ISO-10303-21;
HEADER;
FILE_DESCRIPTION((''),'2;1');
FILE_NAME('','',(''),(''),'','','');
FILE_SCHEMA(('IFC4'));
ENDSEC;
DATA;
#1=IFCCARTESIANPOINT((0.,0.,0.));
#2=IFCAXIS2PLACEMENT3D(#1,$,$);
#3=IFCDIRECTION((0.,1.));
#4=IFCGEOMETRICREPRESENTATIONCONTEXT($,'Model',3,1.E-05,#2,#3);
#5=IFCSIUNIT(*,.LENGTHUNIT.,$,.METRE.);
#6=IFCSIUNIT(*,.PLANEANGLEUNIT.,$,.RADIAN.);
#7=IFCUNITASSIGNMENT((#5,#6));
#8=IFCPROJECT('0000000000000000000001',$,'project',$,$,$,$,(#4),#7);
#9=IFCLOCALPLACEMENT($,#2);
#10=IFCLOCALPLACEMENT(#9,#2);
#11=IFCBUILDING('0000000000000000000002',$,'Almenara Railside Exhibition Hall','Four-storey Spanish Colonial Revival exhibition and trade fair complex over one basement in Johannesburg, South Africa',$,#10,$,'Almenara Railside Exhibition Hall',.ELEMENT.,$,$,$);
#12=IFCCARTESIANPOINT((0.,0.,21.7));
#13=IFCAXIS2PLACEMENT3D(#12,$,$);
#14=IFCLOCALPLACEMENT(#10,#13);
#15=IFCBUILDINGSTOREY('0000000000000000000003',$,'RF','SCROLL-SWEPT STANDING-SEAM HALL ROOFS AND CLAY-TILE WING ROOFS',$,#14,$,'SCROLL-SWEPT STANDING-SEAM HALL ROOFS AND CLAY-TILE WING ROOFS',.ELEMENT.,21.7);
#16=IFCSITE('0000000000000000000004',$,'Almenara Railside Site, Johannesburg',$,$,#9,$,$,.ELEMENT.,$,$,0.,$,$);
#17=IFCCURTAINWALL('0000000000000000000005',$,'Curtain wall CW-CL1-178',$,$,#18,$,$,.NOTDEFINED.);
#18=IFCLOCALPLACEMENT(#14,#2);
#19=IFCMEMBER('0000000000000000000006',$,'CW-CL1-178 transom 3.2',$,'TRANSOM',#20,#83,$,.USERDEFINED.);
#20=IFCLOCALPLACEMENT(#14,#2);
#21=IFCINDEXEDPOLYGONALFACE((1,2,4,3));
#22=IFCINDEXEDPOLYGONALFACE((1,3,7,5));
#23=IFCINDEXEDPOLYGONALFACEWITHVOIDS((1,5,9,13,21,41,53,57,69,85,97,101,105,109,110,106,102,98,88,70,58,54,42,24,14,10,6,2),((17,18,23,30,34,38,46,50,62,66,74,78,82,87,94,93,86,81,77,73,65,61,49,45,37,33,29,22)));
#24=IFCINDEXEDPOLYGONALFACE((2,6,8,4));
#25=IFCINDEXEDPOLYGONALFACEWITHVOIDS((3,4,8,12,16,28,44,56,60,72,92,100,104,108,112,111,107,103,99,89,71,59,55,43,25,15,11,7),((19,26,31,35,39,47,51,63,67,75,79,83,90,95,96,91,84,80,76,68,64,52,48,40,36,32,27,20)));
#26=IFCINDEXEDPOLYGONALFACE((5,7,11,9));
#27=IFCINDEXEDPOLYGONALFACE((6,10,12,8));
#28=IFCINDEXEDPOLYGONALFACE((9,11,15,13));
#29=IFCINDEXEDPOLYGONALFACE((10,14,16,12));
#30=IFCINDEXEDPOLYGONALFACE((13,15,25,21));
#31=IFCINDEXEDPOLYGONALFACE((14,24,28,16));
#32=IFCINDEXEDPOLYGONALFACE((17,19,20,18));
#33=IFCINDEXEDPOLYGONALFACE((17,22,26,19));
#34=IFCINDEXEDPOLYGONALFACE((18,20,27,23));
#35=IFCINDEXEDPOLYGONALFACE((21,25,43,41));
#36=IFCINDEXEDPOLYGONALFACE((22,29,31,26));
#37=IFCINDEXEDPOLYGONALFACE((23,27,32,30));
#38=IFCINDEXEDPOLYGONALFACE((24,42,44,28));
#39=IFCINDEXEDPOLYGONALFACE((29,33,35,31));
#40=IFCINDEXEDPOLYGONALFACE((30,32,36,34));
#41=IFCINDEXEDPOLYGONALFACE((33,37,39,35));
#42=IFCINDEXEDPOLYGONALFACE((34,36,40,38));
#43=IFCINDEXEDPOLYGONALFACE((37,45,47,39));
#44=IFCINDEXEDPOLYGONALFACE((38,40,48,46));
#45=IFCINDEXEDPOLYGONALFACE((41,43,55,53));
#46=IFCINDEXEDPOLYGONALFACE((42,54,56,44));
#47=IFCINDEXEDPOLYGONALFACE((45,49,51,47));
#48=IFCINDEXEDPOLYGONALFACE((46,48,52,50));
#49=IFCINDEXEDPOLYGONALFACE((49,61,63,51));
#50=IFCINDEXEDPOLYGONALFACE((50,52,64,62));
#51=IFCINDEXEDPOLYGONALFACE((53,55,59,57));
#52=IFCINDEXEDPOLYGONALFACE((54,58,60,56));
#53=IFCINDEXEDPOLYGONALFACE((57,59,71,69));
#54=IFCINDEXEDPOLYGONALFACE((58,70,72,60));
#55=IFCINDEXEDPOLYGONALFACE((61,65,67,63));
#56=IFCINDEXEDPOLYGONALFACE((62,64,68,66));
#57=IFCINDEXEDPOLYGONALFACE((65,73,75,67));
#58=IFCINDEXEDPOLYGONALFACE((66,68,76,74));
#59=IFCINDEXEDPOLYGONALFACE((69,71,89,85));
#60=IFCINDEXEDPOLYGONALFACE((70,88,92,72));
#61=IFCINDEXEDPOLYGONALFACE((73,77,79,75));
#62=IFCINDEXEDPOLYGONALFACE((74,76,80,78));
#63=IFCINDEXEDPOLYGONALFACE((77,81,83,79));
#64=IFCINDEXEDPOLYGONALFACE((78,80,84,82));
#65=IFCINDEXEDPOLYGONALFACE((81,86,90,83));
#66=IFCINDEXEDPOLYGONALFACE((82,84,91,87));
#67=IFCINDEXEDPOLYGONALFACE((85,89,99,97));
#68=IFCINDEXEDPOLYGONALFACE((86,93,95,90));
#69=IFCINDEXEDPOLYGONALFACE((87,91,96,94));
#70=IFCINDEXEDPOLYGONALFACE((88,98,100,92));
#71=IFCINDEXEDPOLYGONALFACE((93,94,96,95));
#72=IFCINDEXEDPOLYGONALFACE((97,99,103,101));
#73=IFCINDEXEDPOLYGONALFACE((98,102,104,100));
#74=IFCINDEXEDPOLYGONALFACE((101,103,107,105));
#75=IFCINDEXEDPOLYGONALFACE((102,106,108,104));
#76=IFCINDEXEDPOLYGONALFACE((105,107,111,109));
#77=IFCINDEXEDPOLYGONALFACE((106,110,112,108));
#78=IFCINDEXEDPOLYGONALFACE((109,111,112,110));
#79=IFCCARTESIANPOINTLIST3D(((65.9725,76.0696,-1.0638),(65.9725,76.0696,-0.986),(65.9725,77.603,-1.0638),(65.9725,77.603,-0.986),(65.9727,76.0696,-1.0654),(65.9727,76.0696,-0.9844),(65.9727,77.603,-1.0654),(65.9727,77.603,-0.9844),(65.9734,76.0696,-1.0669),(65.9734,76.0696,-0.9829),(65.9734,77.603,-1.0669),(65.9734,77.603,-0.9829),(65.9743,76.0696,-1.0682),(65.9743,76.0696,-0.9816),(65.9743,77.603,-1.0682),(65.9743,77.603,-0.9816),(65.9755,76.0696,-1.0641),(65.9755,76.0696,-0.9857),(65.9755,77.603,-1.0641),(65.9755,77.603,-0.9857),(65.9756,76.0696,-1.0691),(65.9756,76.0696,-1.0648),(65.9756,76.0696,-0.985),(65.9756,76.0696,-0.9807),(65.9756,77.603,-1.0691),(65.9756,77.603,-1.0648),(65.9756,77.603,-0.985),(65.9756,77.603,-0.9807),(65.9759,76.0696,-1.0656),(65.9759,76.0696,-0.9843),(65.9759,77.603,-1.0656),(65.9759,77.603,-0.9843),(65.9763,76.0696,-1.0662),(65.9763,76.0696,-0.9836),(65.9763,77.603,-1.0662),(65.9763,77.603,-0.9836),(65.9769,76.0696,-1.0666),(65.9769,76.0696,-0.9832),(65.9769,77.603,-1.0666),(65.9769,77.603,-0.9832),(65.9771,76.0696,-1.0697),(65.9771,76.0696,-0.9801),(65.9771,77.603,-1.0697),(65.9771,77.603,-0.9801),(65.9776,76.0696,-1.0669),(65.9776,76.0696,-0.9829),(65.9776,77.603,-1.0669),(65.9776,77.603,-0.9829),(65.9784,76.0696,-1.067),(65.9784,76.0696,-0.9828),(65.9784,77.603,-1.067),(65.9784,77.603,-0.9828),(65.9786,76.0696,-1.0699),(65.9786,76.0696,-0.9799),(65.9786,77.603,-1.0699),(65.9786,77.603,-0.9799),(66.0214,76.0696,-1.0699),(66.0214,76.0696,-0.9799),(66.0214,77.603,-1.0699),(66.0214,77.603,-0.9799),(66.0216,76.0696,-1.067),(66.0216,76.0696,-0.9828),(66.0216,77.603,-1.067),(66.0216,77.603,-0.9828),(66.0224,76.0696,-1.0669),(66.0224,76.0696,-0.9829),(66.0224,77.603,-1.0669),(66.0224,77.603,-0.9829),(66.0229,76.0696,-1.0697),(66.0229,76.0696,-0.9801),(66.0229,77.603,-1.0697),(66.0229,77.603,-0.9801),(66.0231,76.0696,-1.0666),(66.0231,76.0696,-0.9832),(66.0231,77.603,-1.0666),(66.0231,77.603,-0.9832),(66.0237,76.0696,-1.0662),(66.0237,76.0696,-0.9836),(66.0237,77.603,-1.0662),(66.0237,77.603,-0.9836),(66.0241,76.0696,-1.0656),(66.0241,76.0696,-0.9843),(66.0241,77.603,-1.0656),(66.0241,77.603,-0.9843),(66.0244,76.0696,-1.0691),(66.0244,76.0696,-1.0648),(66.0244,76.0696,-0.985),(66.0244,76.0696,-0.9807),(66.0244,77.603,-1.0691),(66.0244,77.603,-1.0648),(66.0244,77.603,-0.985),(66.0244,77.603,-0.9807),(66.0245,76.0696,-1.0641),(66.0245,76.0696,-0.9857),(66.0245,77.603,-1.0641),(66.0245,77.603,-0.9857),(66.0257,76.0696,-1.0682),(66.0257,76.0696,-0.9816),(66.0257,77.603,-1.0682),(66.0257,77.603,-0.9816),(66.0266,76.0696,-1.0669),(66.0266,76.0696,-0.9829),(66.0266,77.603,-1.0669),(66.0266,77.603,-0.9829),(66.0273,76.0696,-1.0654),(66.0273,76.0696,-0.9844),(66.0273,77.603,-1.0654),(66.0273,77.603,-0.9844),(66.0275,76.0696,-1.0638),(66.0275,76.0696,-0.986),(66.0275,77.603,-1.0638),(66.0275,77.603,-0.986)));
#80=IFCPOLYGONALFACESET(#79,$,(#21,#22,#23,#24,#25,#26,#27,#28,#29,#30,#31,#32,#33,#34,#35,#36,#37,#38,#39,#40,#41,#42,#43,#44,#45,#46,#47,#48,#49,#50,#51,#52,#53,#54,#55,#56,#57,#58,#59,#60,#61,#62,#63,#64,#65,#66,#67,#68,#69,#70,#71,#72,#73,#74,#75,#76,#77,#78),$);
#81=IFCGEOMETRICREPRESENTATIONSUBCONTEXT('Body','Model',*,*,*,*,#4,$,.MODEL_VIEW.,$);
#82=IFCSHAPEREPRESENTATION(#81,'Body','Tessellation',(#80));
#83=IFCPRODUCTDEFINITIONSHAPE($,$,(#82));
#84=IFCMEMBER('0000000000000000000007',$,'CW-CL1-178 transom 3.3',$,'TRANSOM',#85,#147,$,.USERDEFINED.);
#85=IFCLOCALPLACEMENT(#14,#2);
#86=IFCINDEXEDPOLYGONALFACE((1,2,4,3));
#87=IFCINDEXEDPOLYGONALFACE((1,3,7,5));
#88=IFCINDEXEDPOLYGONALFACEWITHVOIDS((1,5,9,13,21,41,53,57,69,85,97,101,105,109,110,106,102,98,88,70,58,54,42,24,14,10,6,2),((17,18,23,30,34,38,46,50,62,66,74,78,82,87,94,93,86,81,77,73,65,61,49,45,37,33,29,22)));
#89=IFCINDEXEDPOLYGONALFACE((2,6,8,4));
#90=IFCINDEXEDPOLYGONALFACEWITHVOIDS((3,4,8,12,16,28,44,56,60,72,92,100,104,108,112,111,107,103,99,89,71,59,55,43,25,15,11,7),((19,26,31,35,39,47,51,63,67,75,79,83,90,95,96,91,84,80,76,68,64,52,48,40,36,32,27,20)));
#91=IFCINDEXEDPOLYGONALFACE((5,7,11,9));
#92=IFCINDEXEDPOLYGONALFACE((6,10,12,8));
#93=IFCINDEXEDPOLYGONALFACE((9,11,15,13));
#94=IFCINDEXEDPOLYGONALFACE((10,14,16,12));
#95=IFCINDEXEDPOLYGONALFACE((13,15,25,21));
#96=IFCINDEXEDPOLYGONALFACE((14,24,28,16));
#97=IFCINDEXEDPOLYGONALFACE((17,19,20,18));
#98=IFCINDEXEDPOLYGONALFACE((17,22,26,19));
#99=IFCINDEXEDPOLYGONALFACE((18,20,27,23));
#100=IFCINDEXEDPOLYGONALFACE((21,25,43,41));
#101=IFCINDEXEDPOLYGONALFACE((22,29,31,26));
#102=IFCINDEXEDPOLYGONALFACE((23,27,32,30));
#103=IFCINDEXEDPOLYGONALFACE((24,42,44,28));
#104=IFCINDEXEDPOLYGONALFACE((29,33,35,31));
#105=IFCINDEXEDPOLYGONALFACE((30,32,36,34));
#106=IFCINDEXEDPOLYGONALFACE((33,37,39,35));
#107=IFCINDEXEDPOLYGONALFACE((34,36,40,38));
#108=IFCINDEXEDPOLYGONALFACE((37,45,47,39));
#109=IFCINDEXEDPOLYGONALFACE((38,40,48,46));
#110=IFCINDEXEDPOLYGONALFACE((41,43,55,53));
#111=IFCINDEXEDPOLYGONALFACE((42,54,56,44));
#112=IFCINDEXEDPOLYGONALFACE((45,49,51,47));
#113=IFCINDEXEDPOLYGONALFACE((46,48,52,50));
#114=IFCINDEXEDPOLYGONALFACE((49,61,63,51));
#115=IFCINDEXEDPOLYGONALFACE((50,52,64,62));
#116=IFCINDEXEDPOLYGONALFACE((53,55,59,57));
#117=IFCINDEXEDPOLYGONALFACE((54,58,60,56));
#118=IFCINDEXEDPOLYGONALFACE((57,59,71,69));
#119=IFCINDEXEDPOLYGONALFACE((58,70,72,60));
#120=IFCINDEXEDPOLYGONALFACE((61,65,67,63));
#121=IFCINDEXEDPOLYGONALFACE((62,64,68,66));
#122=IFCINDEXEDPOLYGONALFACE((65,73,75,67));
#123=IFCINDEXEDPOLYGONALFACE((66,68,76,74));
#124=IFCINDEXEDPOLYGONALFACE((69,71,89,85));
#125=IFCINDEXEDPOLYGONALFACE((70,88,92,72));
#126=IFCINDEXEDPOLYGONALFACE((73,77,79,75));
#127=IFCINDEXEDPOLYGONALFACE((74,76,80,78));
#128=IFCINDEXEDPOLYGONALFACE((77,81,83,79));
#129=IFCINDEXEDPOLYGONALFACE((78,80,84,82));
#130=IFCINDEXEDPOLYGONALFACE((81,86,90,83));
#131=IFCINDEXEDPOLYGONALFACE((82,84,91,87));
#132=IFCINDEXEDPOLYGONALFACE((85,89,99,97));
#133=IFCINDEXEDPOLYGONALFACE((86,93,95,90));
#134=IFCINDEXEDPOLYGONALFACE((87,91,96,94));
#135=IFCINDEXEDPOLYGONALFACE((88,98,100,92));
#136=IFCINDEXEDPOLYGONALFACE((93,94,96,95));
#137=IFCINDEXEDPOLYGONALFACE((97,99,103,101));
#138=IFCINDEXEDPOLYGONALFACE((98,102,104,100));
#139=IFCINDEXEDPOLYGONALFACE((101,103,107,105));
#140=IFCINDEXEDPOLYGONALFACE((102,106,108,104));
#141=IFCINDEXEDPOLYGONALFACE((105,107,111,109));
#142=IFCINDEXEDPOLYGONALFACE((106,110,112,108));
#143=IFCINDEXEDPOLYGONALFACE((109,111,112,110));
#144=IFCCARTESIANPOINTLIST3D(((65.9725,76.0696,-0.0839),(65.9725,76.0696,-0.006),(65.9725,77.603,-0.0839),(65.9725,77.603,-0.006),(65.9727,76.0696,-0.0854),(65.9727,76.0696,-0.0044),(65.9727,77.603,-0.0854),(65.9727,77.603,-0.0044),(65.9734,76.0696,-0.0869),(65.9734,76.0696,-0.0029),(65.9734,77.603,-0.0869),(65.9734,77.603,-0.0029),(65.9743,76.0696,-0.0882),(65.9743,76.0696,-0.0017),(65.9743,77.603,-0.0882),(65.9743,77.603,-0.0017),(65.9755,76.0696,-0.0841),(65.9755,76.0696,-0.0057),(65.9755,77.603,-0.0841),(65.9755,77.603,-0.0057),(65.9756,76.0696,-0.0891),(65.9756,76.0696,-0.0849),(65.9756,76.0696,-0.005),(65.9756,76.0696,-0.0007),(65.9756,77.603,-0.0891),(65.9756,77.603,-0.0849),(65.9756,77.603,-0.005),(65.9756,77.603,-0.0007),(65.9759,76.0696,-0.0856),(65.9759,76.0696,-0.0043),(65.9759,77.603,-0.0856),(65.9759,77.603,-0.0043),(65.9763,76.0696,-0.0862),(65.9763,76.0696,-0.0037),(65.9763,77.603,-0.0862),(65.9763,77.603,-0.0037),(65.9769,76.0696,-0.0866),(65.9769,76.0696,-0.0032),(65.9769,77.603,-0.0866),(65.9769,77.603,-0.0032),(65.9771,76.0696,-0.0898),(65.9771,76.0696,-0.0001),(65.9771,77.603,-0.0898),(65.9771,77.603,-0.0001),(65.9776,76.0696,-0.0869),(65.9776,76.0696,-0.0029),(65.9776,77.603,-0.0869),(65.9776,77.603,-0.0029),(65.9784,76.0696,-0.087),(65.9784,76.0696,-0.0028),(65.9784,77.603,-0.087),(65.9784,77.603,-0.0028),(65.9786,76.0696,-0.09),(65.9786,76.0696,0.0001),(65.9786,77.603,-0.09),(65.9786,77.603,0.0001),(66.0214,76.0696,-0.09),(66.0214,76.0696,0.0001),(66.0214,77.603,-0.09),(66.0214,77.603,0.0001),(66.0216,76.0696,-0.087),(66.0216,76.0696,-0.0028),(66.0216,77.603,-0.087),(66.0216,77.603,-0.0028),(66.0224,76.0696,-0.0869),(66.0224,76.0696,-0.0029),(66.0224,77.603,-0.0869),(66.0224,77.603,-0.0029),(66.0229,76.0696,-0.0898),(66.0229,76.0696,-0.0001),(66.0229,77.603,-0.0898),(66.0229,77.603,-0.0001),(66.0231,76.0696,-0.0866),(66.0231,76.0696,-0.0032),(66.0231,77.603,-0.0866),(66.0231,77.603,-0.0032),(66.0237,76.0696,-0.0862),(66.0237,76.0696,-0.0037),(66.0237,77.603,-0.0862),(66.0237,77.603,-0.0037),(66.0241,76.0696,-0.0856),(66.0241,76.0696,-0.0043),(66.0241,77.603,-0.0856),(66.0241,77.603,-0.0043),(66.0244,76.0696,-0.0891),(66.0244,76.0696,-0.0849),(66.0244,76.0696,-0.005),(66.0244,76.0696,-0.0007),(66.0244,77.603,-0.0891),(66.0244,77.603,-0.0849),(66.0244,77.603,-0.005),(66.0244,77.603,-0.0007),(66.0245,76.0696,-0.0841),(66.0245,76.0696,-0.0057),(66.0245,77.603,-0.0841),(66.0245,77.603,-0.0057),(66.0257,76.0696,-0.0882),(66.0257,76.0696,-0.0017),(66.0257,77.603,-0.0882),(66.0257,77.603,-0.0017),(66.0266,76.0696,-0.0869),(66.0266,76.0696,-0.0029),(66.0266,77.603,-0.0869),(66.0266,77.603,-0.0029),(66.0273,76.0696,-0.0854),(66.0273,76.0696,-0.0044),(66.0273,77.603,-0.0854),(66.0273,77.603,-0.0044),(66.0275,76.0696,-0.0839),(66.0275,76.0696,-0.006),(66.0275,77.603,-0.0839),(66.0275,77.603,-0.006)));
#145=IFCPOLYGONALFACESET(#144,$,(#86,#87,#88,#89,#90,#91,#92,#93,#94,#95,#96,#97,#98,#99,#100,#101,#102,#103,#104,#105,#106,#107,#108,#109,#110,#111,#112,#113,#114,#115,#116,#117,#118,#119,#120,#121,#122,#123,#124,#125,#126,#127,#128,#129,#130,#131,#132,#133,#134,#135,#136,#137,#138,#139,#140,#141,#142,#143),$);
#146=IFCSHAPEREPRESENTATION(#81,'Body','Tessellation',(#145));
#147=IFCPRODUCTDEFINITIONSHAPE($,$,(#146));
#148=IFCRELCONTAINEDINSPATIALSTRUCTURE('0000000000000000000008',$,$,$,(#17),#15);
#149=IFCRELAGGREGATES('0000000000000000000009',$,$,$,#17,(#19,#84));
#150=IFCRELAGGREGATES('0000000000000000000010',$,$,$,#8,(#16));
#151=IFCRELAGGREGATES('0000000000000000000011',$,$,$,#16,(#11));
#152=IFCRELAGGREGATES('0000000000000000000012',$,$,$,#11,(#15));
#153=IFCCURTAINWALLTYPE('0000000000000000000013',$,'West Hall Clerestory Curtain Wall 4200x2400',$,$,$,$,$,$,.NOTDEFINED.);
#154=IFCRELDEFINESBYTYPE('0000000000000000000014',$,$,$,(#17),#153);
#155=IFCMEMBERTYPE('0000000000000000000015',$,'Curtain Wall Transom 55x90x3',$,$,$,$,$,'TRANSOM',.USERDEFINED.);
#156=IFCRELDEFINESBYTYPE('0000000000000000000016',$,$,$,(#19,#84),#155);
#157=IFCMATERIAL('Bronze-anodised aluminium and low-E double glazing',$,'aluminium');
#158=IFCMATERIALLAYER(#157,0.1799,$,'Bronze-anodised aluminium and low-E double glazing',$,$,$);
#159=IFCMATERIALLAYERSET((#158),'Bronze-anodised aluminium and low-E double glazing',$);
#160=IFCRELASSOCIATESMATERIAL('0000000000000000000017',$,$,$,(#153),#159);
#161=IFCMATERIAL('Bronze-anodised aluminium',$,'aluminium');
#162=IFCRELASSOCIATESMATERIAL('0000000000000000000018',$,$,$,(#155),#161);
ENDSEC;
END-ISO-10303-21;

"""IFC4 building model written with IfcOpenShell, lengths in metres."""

from ifc_helpers import new_model, si_unit, direction, frame, origin, origin_2d, place, context, subcontext, project, spatial, hollow_rectangle, extrude, material, layer, layer_set, material_profile, profile_set, type_object, element, aggregate, save


model = new_model("IFC4")

# Units and contexts
model_context = context("Model", 3, precision=1e-05, world=origin(), true_north=direction((0.0, 1.0)))
body_context = subcontext(model_context, "Body", "Model", "MODEL_VIEW")
ifc_project = project(units=[si_unit("LENGTHUNIT", "METRE"), si_unit("PLANEANGLEUNIT", "RADIAN")], contexts=[model_context])

# Site, building, storey
site_placement = place(None, origin())
site = spatial("IfcSite", under=ifc_project, at=site_placement, Name="Almenara Railside Site, Johannesburg", CompositionType="ELEMENT", RefElevation=0.0)
building_placement = place(site_placement, origin())
building = spatial("IfcBuilding", under=site, at=building_placement, Name="Almenara Railside Exhibition Hall", Description="Four-storey Spanish Colonial Revival exhibition and trade fair complex over one basement in Johannesburg, South Africa", LongName="Almenara Railside Exhibition Hall", CompositionType="ELEMENT")
storey_placement = place(building_placement, frame((0.0, 0.0, 21.7)))
storey = spatial("IfcBuildingStorey", under=building, at=storey_placement, Name="RF", Description="SCROLL-SWEPT STANDING-SEAM HALL ROOFS AND CLAY-TILE WING ROOFS", LongName="SCROLL-SWEPT STANDING-SEAM HALL ROOFS AND CLAY-TILE WING ROOFS", CompositionType="ELEMENT", Elevation=21.7)

# Curtain wall
ifc_material_1 = material(Name="Bronze-anodised aluminium and low-E double glazing", Category="aluminium")
ifc_layer_1 = layer(ifc_material_1, 0.1799, Name="Bronze-anodised aluminium and low-E double glazing")
ifc_layer_set_1 = layer_set([ifc_layer_1], Name="Bronze-anodised aluminium and low-E double glazing")
curtain_wall_type = type_object("IfcCurtainWallType", Name="West Hall Clerestory Curtain Wall 4200x2400", PredefinedType="NOTDEFINED", material=ifc_layer_set_1)
curtain_wall_1_placement = place(storey_placement, origin())
curtain_wall_1 = element("IfcCurtainWall", 1, at=curtain_wall_1_placement, inside=storey, type_object=curtain_wall_type, Name="Curtain wall CW-CL1-178", PredefinedType="NOTDEFINED")
ifc_material_2 = material(Name="Bronze-anodised aluminium", Category="aluminium")

# Members
ifc_material_profile_1 = material_profile(ifc_material_2, hollow_rectangle(XDim=0.0549, YDim=0.0901, WallThickness=0.0029, InnerFilletRadius=0.0029, OuterFilletRadius=0.0061, at=origin_2d()), Name="ALU-TRN 55x90x3")
ifc_profile_set_1 = profile_set([ifc_material_profile_1], Name="Bronze-anodised aluminium")
member_type_1 = type_object("IfcMemberType", Name="Curtain Wall Transom 55x90x3", ElementType="TRANSOM", PredefinedType="USERDEFINED", material=ifc_profile_set_1)
member_1_placement = place(storey_placement, frame((66.0, 76.0696, -1.0249), z_axis=(0.0, 1.0, 0.0), x_axis=(-1.0, 0.0, 0.0)))
member_1 = element("IfcMember", 2, at=member_1_placement, type_object=member_type_1, Name="CW-CL1-178 transom 3.2", ObjectType="TRANSOM", PredefinedType="USERDEFINED", context=body_context, shape_type="SweptSolid", body=[
    extrude(hollow_rectangle(XDim=0.0549, YDim=0.0901, WallThickness=0.0029, InnerFilletRadius=0.0029, OuterFilletRadius=0.0061, at=origin_2d()), origin(), (0.0, 0.0, 1.0), 1.5334),
])
member_2_placement = place(storey_placement, frame((66.0, 76.0696, -0.0449), z_axis=(0.0, 1.0, 0.0), x_axis=(-1.0, 0.0, 0.0)))
member_2 = element("IfcMember", 3, at=member_2_placement, type_object=member_type_1, Name="CW-CL1-178 transom 3.3", ObjectType="TRANSOM", PredefinedType="USERDEFINED", context=body_context, shape_type="SweptSolid", body=[
    extrude(hollow_rectangle(XDim=0.0549, YDim=0.0901, WallThickness=0.0029, InnerFilletRadius=0.0029, OuterFilletRadius=0.0061, at=origin_2d()), origin(), (0.0, 0.0, 1.0), 1.5334),
])

aggregate(curtain_wall_1, [member_1, member_2])

save(model, "model.ifc")
